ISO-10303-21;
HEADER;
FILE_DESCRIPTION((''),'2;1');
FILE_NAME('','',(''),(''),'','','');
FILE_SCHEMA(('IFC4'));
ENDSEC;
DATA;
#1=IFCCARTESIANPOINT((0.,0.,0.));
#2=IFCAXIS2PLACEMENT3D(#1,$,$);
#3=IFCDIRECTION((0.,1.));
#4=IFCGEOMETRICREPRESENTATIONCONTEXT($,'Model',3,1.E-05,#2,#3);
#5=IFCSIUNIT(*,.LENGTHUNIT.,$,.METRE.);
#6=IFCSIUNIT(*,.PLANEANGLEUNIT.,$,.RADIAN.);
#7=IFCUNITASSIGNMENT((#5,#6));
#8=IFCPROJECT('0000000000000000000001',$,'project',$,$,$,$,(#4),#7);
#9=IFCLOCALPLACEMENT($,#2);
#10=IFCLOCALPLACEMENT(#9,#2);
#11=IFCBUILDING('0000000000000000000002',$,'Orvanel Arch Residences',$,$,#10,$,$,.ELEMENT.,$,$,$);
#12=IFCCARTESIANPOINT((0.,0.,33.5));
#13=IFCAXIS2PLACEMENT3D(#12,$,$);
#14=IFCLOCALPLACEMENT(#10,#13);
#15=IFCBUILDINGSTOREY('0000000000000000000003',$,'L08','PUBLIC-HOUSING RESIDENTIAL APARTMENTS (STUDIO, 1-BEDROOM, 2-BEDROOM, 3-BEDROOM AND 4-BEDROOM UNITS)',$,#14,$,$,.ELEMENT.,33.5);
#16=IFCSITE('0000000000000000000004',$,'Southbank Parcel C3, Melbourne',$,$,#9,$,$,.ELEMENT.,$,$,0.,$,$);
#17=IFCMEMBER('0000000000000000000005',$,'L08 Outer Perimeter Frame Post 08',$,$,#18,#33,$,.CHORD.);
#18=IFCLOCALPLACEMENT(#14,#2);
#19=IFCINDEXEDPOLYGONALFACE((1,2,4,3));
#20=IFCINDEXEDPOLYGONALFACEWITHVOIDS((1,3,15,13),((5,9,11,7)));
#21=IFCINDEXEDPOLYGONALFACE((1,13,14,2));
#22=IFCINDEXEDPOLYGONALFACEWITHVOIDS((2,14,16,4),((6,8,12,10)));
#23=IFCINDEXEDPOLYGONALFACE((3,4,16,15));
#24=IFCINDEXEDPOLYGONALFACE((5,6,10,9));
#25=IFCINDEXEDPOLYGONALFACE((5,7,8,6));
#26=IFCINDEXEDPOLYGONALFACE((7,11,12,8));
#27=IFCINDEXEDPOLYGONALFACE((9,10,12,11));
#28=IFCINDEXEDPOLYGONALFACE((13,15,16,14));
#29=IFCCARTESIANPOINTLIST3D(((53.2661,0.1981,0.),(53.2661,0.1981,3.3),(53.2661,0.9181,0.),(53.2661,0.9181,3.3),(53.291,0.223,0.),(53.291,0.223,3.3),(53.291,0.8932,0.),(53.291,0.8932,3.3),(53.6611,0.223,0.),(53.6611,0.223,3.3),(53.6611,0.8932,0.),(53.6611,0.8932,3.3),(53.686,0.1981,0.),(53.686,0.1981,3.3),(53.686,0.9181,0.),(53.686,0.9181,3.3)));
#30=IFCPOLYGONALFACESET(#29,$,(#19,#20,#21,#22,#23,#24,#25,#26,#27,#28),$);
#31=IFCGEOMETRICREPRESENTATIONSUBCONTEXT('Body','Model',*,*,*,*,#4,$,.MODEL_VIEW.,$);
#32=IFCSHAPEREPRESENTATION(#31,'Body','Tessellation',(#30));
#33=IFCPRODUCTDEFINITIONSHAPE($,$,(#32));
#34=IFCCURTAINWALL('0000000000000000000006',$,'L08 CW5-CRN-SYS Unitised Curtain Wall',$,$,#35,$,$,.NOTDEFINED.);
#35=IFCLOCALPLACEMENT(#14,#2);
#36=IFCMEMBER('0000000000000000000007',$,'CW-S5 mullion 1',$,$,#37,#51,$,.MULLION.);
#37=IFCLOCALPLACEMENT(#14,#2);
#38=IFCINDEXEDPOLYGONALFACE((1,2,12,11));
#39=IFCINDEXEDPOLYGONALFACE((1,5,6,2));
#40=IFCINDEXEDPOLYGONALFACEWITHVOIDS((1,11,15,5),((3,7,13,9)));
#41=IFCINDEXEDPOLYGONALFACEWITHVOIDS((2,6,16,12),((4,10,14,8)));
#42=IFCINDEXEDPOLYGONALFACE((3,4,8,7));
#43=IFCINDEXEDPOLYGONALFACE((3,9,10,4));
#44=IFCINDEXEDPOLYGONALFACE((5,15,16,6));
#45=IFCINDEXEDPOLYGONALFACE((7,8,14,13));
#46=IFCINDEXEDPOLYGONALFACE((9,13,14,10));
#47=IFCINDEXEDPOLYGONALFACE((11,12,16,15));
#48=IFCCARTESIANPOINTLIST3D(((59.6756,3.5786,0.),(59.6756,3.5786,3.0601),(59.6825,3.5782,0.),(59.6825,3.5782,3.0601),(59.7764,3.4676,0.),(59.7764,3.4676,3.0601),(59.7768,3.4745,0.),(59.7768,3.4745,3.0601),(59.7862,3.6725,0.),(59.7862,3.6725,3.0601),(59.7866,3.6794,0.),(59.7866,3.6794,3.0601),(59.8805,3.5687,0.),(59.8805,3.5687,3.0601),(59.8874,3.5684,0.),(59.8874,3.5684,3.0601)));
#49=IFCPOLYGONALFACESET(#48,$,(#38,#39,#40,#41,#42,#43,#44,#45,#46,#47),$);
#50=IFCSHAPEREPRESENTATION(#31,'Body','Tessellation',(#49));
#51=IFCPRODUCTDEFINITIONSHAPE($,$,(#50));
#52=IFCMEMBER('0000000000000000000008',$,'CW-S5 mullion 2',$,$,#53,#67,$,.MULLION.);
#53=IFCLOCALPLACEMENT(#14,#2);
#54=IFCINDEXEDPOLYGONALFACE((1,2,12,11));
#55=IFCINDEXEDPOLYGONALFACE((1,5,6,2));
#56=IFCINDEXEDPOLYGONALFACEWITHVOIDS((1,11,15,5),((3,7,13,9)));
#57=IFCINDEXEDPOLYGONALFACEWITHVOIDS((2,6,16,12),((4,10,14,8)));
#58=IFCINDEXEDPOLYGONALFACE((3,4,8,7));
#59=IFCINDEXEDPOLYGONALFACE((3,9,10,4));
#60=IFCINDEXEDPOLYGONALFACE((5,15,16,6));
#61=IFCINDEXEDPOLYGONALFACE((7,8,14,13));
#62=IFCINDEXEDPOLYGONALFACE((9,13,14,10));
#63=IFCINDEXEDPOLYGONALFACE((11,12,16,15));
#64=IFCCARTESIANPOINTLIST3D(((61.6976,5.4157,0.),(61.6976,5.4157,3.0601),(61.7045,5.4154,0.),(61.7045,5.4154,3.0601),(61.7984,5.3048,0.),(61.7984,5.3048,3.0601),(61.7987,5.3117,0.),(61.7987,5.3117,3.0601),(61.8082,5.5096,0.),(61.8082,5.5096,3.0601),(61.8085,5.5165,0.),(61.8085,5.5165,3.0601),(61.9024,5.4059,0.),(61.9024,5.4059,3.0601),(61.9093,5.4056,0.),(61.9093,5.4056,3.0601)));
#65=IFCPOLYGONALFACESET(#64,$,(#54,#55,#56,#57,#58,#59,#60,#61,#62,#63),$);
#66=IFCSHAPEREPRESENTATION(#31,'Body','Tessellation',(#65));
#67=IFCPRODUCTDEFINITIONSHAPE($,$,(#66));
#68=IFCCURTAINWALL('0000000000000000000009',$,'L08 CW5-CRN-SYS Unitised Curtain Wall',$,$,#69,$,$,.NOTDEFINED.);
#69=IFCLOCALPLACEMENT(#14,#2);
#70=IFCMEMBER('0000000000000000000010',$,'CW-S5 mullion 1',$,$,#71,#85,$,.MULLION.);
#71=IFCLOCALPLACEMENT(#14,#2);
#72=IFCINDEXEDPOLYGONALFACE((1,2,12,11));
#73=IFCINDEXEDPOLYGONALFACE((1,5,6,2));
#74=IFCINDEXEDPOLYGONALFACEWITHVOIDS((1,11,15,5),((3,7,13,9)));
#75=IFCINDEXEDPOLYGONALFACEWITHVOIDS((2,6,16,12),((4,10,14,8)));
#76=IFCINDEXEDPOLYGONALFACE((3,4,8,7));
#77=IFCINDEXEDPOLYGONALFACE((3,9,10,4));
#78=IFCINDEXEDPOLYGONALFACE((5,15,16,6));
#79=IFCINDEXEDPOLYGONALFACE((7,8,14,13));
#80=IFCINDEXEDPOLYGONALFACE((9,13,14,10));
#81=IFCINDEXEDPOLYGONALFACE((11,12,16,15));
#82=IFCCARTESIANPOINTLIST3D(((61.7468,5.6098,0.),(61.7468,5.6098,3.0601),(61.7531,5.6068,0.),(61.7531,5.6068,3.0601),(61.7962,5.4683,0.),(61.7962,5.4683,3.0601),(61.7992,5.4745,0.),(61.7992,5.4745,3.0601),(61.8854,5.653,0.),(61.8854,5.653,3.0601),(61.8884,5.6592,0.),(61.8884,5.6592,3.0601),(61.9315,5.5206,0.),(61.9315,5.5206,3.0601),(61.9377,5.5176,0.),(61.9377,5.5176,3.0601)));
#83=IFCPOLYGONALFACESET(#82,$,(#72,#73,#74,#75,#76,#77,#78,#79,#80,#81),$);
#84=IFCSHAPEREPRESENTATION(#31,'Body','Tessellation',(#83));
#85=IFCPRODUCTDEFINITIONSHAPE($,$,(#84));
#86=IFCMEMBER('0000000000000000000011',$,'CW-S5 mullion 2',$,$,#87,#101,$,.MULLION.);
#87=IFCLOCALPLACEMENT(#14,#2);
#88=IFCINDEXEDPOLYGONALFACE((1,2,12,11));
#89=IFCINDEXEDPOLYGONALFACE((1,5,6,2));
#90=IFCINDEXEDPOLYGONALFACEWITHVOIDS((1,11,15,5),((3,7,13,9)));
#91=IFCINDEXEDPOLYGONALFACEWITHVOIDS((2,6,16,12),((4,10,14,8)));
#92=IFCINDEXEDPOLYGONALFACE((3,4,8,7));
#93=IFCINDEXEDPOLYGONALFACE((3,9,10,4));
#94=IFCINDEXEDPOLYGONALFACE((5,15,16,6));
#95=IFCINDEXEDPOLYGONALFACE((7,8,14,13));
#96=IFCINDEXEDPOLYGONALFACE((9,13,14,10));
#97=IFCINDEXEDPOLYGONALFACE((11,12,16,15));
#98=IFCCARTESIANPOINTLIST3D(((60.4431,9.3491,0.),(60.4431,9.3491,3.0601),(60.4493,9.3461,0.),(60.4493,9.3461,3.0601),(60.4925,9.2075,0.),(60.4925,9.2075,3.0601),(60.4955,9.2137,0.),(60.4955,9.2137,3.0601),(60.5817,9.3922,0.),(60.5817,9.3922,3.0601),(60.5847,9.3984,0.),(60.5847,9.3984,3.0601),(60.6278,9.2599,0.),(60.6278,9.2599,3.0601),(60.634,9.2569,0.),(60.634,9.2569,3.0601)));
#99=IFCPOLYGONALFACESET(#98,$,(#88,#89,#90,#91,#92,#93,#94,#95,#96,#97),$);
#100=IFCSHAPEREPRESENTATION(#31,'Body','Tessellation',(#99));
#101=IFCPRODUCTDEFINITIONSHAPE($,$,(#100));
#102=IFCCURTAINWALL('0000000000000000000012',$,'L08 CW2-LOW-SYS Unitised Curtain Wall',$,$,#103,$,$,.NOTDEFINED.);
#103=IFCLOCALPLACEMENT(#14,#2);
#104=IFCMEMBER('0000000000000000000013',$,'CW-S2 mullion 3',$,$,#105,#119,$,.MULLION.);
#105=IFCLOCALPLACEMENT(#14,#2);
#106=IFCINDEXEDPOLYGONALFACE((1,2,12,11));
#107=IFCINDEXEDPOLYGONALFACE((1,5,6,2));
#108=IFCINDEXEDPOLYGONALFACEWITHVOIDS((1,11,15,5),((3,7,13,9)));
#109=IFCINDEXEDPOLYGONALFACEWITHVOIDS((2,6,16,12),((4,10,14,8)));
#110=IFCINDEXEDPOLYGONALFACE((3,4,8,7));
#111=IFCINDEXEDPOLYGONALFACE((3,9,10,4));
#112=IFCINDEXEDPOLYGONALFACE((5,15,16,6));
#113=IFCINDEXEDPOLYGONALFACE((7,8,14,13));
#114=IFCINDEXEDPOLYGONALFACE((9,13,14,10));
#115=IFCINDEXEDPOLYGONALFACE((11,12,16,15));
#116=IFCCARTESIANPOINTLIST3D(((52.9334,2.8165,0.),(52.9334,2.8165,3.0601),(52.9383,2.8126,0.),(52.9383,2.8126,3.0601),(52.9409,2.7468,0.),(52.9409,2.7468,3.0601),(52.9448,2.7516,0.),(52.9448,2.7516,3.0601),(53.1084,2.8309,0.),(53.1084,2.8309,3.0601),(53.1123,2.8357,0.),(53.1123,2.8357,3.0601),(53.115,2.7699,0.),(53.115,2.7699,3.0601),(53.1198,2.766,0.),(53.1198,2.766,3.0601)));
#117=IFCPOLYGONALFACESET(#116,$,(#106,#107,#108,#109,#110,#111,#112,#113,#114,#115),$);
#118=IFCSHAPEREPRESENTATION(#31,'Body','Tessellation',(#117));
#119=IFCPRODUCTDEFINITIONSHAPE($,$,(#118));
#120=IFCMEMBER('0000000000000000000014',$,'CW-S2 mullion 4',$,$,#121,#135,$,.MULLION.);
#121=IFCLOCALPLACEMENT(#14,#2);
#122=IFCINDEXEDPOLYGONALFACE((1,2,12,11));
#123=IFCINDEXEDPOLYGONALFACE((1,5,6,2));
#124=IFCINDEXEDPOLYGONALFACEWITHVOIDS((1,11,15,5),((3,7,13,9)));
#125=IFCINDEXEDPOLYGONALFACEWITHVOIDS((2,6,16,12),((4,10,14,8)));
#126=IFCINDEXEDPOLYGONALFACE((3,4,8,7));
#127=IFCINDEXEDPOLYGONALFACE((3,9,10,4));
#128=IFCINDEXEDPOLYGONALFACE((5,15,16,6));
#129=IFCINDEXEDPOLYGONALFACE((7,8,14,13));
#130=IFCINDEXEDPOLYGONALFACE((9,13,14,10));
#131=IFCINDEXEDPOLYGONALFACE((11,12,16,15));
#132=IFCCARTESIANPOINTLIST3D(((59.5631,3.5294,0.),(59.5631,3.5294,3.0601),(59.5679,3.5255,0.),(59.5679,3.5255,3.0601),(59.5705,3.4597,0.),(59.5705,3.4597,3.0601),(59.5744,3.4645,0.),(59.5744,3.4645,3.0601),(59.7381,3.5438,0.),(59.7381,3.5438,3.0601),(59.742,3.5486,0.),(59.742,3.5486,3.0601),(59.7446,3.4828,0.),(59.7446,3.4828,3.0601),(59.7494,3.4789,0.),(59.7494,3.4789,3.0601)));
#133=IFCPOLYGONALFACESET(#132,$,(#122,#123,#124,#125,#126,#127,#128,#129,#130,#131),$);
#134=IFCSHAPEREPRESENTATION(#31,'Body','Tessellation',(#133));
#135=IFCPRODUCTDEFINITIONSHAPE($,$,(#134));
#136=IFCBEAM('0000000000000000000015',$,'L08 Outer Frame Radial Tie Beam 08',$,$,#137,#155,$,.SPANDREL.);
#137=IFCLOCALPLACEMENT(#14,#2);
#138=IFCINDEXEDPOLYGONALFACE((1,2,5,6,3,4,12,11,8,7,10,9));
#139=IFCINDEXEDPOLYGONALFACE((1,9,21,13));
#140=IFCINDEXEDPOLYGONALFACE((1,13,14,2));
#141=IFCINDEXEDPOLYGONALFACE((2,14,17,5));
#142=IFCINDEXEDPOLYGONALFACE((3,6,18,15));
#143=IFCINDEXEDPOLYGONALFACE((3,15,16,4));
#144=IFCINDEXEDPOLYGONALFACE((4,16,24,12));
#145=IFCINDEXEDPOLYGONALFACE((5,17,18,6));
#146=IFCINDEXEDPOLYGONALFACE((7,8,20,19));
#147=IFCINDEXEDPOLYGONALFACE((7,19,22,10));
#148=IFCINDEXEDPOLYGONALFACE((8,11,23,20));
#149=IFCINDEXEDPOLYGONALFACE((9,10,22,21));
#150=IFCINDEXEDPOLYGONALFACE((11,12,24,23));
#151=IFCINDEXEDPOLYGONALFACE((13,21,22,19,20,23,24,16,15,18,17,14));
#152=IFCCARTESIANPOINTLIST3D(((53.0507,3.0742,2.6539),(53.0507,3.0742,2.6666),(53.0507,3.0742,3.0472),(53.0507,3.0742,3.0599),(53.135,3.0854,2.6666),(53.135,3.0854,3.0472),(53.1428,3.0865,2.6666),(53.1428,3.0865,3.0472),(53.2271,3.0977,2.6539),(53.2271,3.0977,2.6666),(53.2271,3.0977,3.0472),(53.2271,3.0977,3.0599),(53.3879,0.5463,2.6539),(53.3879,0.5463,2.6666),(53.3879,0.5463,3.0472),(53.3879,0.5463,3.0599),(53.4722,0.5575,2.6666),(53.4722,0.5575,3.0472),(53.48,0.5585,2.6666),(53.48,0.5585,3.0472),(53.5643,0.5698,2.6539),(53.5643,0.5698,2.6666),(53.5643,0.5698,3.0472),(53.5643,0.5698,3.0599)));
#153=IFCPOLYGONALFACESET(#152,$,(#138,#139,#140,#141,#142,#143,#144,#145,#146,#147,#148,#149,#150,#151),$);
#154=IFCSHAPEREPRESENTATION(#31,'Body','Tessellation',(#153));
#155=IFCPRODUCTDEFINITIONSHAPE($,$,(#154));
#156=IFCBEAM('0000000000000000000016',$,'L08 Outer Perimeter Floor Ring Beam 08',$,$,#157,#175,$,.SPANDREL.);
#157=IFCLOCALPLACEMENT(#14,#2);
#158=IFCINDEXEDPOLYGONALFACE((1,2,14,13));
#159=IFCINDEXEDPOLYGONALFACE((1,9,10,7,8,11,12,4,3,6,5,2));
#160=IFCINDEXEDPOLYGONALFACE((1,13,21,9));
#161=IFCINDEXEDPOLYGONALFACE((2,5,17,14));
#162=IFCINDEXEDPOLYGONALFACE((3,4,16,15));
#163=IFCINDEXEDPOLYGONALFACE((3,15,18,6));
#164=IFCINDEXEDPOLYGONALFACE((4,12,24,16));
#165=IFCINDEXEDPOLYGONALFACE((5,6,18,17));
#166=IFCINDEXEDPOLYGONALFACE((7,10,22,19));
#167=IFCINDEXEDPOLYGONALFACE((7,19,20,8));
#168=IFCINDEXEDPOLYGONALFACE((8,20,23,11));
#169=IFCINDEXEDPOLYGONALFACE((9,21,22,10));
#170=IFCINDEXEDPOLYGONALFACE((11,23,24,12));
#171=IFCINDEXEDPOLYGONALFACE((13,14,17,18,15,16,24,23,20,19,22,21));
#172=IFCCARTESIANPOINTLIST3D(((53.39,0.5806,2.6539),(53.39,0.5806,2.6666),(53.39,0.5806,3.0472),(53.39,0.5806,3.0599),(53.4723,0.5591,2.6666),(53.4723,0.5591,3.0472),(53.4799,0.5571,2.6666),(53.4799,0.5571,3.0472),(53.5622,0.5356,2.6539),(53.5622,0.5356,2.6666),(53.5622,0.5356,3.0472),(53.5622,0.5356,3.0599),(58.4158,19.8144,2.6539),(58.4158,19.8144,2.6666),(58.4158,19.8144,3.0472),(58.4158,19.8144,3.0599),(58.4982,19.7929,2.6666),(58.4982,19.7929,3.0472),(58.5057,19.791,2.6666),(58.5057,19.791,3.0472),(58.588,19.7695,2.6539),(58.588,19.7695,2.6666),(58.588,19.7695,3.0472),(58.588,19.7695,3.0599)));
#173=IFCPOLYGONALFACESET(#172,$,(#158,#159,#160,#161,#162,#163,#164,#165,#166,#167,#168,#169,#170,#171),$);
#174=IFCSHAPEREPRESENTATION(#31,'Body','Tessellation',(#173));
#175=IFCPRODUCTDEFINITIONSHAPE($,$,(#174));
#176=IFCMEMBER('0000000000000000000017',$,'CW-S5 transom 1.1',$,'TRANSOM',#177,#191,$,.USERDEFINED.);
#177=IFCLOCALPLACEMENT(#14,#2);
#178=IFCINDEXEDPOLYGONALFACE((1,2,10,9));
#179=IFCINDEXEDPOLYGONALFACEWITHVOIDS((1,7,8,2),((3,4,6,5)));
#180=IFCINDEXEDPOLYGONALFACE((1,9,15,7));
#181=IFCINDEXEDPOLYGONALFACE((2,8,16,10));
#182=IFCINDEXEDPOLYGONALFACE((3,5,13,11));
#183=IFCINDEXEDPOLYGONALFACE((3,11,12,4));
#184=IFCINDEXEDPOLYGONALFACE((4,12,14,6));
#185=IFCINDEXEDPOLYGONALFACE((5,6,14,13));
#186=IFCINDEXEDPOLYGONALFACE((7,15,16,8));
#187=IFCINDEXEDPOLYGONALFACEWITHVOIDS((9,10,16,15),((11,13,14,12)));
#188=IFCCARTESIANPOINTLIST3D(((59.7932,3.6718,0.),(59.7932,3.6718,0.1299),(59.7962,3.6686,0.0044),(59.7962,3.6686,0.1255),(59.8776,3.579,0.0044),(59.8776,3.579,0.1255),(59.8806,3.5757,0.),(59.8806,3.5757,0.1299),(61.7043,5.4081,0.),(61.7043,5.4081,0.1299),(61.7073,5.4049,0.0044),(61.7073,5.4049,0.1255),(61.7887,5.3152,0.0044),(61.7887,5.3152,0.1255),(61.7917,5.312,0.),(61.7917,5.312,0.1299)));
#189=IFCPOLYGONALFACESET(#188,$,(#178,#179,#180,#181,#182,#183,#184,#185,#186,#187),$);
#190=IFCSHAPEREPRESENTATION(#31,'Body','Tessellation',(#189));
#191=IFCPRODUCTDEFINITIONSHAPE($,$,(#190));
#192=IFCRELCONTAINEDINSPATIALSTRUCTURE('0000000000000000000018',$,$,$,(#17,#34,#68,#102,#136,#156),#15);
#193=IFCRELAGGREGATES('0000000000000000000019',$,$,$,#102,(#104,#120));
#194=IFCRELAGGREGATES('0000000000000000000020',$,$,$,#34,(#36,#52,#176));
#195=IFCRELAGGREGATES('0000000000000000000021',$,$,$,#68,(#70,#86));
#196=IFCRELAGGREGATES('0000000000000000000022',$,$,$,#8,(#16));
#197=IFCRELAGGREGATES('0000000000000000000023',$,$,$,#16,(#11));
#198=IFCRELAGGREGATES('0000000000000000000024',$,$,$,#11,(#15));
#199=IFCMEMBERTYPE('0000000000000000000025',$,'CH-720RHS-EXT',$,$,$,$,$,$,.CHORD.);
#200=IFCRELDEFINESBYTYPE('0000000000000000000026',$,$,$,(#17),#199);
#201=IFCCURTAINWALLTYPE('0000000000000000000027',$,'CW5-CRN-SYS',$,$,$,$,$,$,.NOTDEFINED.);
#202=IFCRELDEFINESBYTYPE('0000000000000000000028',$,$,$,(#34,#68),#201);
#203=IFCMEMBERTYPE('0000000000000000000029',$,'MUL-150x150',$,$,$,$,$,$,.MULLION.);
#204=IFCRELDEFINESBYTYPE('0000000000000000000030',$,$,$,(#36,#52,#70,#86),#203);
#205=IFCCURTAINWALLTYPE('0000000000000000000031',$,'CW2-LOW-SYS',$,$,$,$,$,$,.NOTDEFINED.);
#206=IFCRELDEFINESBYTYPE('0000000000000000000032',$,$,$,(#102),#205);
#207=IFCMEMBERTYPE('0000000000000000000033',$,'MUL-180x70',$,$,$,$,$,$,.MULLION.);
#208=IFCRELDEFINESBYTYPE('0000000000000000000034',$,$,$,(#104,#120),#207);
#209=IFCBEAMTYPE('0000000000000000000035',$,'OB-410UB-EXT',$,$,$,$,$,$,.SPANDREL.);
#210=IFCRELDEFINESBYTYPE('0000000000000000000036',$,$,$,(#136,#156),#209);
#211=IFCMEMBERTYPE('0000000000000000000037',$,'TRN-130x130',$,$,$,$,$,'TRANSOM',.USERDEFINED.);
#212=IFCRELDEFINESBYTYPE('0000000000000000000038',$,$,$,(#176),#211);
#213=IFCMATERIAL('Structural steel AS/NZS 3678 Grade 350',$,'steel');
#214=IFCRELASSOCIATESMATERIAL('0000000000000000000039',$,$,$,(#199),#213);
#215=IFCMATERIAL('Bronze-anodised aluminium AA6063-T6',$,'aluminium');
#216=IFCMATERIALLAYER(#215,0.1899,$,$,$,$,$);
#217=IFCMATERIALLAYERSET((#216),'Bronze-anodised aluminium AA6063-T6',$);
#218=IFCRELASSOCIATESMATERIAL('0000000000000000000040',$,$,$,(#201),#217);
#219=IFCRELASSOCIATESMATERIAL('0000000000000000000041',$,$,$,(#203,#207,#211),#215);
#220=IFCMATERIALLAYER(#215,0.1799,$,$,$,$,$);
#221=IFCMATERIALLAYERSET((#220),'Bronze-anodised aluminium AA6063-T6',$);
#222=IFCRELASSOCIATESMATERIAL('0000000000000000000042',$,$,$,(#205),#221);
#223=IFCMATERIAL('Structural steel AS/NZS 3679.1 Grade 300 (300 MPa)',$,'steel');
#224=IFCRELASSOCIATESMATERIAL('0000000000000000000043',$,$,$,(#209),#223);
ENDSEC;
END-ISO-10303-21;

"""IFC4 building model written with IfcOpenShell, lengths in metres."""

from ifc_helpers import new_model, si_unit, direction, frame, origin, origin_2d, place, context, subcontext, project, spatial, hollow_rectangle, i_section, extrude, material, layer, layer_set, material_profile, profile_set, type_object, element, aggregate, save


model = new_model("IFC4")

# Units and contexts
model_context = context("Model", 3, precision=1e-05, world=origin(), true_north=direction((0.0, 1.0)))
body_context = subcontext(model_context, "Body", "Model", "MODEL_VIEW")
ifc_project = project(units=[si_unit("LENGTHUNIT", "METRE"), si_unit("PLANEANGLEUNIT", "RADIAN")], contexts=[model_context])

# Site, building, storey
site_placement = place(None, origin())
site = spatial("IfcSite", under=ifc_project, at=site_placement, Name="Southbank Parcel C3, Melbourne", CompositionType="ELEMENT", RefElevation=0.0)
building_placement = place(site_placement, origin())
building = spatial("IfcBuilding", under=site, at=building_placement, Name="Orvanel Arch Residences", CompositionType="ELEMENT")
storey_placement = place(building_placement, frame((0.0, 0.0, 33.5)))
storey = spatial("IfcBuildingStorey", under=building, at=storey_placement, Name="L08", Description="PUBLIC-HOUSING RESIDENTIAL APARTMENTS (STUDIO, 1-BEDROOM, 2-BEDROOM, 3-BEDROOM AND 4-BEDROOM UNITS)", CompositionType="ELEMENT", Elevation=33.5)

# Member
ifc_material_1 = material(Name="Structural steel AS/NZS 3678 Grade 350", Category="steel")
ifc_material_profile_1 = material_profile(ifc_material_1, hollow_rectangle(XDim=0.4199, YDim=0.72, WallThickness=0.0249, at=origin_2d()), Name="RHS720x420x25")
ifc_profile_set_1 = profile_set([ifc_material_profile_1], Name="Structural steel AS/NZS 3678 Grade 350")
member_type_1 = type_object("IfcMemberType", Name="CH-720RHS-EXT", PredefinedType="CHORD", material=ifc_profile_set_1)
member_1_placement = place(storey_placement, frame((53.4761, 0.5581, 0.0), z_axis=(0.0, 0.0, 1.0), x_axis=(1.0, 0.0, 0.0)))
element("IfcMember", 1, at=member_1_placement, inside=storey, type_object=member_type_1, Name="L08 Outer Perimeter Frame Post 08", PredefinedType="CHORD", context=body_context, shape_type="SweptSolid", body=[
    extrude(hollow_rectangle(XDim=0.4199, YDim=0.72, WallThickness=0.0249, at=origin_2d()), origin(), (0.0, 0.0, 1.0), 3.3),
])

# Curtain walls, members
ifc_material_2 = material(Name="Bronze-anodised aluminium AA6063-T6", Category="aluminium")
ifc_layer_1 = layer(ifc_material_2, 0.1899)
ifc_layer_set_1 = layer_set([ifc_layer_1], Name="Bronze-anodised aluminium AA6063-T6")
curtain_wall_type_1 = type_object("IfcCurtainWallType", Name="CW5-CRN-SYS", PredefinedType="NOTDEFINED", material=ifc_layer_set_1)
curtain_wall_1_placement = place(storey_placement, origin())
curtain_wall_1 = element("IfcCurtainWall", 2, at=curtain_wall_1_placement, inside=storey, type_object=curtain_wall_type_1, Name="L08 CW5-CRN-SYS Unitised Curtain Wall", PredefinedType="NOTDEFINED")
ifc_material_profile_2 = material_profile(ifc_material_2, hollow_rectangle(XDim=0.1499, YDim=0.1499, WallThickness=0.0049, at=origin_2d()), Name="ALU150x150x5")
ifc_profile_set_2 = profile_set([ifc_material_profile_2], Name="Bronze-anodised aluminium AA6063-T6")
member_type_2 = type_object("IfcMemberType", Name="MUL-150x150", PredefinedType="MULLION", material=ifc_profile_set_2)
member_2_placement = place(storey_placement, frame((59.7815, 3.5735, 0.0), z_axis=(0.0, 0.0, 1.0), x_axis=(-0.672466, 0.740128, 0.0)))
member_2 = element("IfcMember", 3, at=member_2_placement, type_object=member_type_2, Name="CW-S5 mullion 1", PredefinedType="MULLION", context=body_context, shape_type="SweptSolid", body=[
    extrude(hollow_rectangle(XDim=0.1499, YDim=0.1499, WallThickness=0.0049, at=origin_2d()), origin(), (0.0, 0.0, 1.0), 3.0601),
])
member_3_placement = place(storey_placement, frame((61.8035, 5.4106, 0.0), z_axis=(0.0, 0.0, 1.0), x_axis=(-0.672466, 0.740128, 0.0)))
member_3 = element("IfcMember", 4, at=member_3_placement, type_object=member_type_2, Name="CW-S5 mullion 2", PredefinedType="MULLION", context=body_context, shape_type="SweptSolid", body=[
    extrude(hollow_rectangle(XDim=0.1499, YDim=0.1499, WallThickness=0.0049, at=origin_2d()), origin(), (0.0, 0.0, 1.0), 3.0601),
])
curtain_wall_2_placement = place(storey_placement, origin())
curtain_wall_2 = element("IfcCurtainWall", 5, at=curtain_wall_2_placement, inside=storey, type_object=curtain_wall_type_1, Name="L08 CW5-CRN-SYS Unitised Curtain Wall", PredefinedType="NOTDEFINED")
member_4_placement = place(storey_placement, frame((61.8423, 5.5637, 0.0), z_axis=(0.0, 0.0, 1.0), x_axis=(-0.944244, -0.329246, 0.0)))
member_4 = element("IfcMember", 6, at=member_4_placement, type_object=member_type_2, Name="CW-S5 mullion 1", PredefinedType="MULLION", context=body_context, shape_type="SweptSolid", body=[
    extrude(hollow_rectangle(XDim=0.1499, YDim=0.1499, WallThickness=0.0049, at=origin_2d()), origin(), (0.0, 0.0, 1.0), 3.0601),
])
member_5_placement = place(storey_placement, frame((60.5386, 9.303, 0.0), z_axis=(0.0, 0.0, 1.0), x_axis=(-0.944244, -0.329246, 0.0)))
member_5 = element("IfcMember", 7, at=member_5_placement, type_object=member_type_2, Name="CW-S5 mullion 2", PredefinedType="MULLION", context=body_context, shape_type="SweptSolid", body=[
    extrude(hollow_rectangle(XDim=0.1499, YDim=0.1499, WallThickness=0.0049, at=origin_2d()), origin(), (0.0, 0.0, 1.0), 3.0601),
])
ifc_layer_2 = layer(ifc_material_2, 0.1799)
ifc_layer_set_2 = layer_set([ifc_layer_2], Name="Bronze-anodised aluminium AA6063-T6")
curtain_wall_type_2 = type_object("IfcCurtainWallType", Name="CW2-LOW-SYS", PredefinedType="NOTDEFINED", material=ifc_layer_set_2)
curtain_wall_3_placement = place(storey_placement, origin())
curtain_wall_3 = element("IfcCurtainWall", 8, at=curtain_wall_3_placement, inside=storey, type_object=curtain_wall_type_2, Name="L08 CW2-LOW-SYS Unitised Curtain Wall", PredefinedType="NOTDEFINED")
ifc_material_profile_3 = material_profile(ifc_material_2, hollow_rectangle(XDim=0.0701, YDim=0.1799, WallThickness=0.0044, at=origin_2d()), Name="ALU180x70x4.5")
ifc_profile_set_3 = profile_set([ifc_material_profile_3], Name="Bronze-anodised aluminium AA6063-T6")
member_type_3 = type_object("IfcMemberType", Name="MUL-180x70", PredefinedType="MULLION", material=ifc_profile_set_3)
member_6_placement = place(storey_placement, frame((53.0266, 2.7913, 0.0), z_axis=(0.0, 0.0, 1.0), x_axis=(-0.106921, 0.994267, 0.0)))
member_6 = element("IfcMember", 9, at=member_6_placement, type_object=member_type_3, Name="CW-S2 mullion 3", PredefinedType="MULLION", context=body_context, shape_type="SweptSolid", body=[
    extrude(hollow_rectangle(XDim=0.0701, YDim=0.1799, WallThickness=0.0044, at=origin_2d()), origin(), (0.0, 0.0, 1.0), 3.0601),
])
member_7_placement = place(storey_placement, frame((59.6562, 3.5042, 0.0), z_axis=(0.0, 0.0, 1.0), x_axis=(-0.106921, 0.994267, 0.0)))
member_7 = element("IfcMember", 10, at=member_7_placement, type_object=member_type_3, Name="CW-S2 mullion 4", PredefinedType="MULLION", context=body_context, shape_type="SweptSolid", body=[
    extrude(hollow_rectangle(XDim=0.0701, YDim=0.1799, WallThickness=0.0044, at=origin_2d()), origin(), (0.0, 0.0, 1.0), 3.0601),
])

# Beams
ifc_material_3 = material(Name="Structural steel AS/NZS 3679.1 Grade 300 (300 MPa)", Category="steel")
ifc_material_profile_4 = material_profile(ifc_material_3, i_section(OverallWidth=0.178, OverallDepth=0.406, WebThickness=0.0078, FlangeThickness=0.0127, at=origin_2d()), Name="410UB59.7")
ifc_profile_set_4 = profile_set([ifc_material_profile_4], Name="Structural steel AS/NZS 3679.1 Grade 300 (300 MPa)")
beam_type = type_object("IfcBeamType", Name="OB-410UB-EXT", PredefinedType="SPANDREL", material=ifc_profile_set_4)
beam_1_placement = place(storey_placement, frame((53.1389, 3.0859, 2.8569), z_axis=(0.132208, -0.991222, 0.0), x_axis=(0.991222, 0.132208, 0.0)))
element("IfcBeam", 11, at=beam_1_placement, inside=storey, type_object=beam_type, Name="L08 Outer Frame Radial Tie Beam 08", PredefinedType="SPANDREL", context=body_context, shape_type="SweptSolid", body=[
    extrude(i_section(OverallWidth=0.178, OverallDepth=0.406, WebThickness=0.0078, FlangeThickness=0.0127, at=origin_2d()), origin(), (0.0, 0.0, 1.0), 2.5503),
])
beam_2_placement = place(storey_placement, frame((53.4761, 0.5581, 2.8569), z_axis=(0.252815, 0.967515, 0.0), x_axis=(-0.967515, 0.252815, 0.0)))
element("IfcBeam", 12, at=beam_2_placement, inside=storey, type_object=beam_type, Name="L08 Outer Perimeter Floor Ring Beam 08", PredefinedType="SPANDREL", context=body_context, shape_type="SweptSolid", body=[
    extrude(i_section(OverallWidth=0.178, OverallDepth=0.406, WebThickness=0.0078, FlangeThickness=0.0127, at=origin_2d()), origin(), (0.0, 0.0, 1.0), 19.8796),
])

# Member
ifc_material_profile_5 = material_profile(ifc_material_2, hollow_rectangle(XDim=0.1299, YDim=0.1299, WallThickness=0.0044, at=origin_2d()), Name="ALU130x130x4.5")
ifc_profile_set_5 = profile_set([ifc_material_profile_5], Name="Bronze-anodised aluminium AA6063-T6")
member_type_4 = type_object("IfcMemberType", Name="TRN-130x130", ElementType="TRANSOM", PredefinedType="USERDEFINED", material=ifc_profile_set_5)
member_8_placement = place(storey_placement, frame((59.8369, 3.6238, 0.0649), z_axis=(0.740145, 0.672447, 0.0), x_axis=(-0.672447, 0.740145, 0.0)))
member_8 = element("IfcMember", 13, at=member_8_placement, type_object=member_type_4, Name="CW-S5 transom 1.1", ObjectType="TRANSOM", PredefinedType="USERDEFINED", context=body_context, shape_type="SweptSolid", body=[
    extrude(hollow_rectangle(XDim=0.1299, YDim=0.1299, WallThickness=0.0044, at=origin_2d()), origin(), (0.0, 0.0, 1.0), 2.582),
])

aggregate(curtain_wall_3, [member_6, member_7])
aggregate(curtain_wall_1, [member_2, member_3, member_8])
aggregate(curtain_wall_2, [member_4, member_5])

save(model, "model.ifc")
